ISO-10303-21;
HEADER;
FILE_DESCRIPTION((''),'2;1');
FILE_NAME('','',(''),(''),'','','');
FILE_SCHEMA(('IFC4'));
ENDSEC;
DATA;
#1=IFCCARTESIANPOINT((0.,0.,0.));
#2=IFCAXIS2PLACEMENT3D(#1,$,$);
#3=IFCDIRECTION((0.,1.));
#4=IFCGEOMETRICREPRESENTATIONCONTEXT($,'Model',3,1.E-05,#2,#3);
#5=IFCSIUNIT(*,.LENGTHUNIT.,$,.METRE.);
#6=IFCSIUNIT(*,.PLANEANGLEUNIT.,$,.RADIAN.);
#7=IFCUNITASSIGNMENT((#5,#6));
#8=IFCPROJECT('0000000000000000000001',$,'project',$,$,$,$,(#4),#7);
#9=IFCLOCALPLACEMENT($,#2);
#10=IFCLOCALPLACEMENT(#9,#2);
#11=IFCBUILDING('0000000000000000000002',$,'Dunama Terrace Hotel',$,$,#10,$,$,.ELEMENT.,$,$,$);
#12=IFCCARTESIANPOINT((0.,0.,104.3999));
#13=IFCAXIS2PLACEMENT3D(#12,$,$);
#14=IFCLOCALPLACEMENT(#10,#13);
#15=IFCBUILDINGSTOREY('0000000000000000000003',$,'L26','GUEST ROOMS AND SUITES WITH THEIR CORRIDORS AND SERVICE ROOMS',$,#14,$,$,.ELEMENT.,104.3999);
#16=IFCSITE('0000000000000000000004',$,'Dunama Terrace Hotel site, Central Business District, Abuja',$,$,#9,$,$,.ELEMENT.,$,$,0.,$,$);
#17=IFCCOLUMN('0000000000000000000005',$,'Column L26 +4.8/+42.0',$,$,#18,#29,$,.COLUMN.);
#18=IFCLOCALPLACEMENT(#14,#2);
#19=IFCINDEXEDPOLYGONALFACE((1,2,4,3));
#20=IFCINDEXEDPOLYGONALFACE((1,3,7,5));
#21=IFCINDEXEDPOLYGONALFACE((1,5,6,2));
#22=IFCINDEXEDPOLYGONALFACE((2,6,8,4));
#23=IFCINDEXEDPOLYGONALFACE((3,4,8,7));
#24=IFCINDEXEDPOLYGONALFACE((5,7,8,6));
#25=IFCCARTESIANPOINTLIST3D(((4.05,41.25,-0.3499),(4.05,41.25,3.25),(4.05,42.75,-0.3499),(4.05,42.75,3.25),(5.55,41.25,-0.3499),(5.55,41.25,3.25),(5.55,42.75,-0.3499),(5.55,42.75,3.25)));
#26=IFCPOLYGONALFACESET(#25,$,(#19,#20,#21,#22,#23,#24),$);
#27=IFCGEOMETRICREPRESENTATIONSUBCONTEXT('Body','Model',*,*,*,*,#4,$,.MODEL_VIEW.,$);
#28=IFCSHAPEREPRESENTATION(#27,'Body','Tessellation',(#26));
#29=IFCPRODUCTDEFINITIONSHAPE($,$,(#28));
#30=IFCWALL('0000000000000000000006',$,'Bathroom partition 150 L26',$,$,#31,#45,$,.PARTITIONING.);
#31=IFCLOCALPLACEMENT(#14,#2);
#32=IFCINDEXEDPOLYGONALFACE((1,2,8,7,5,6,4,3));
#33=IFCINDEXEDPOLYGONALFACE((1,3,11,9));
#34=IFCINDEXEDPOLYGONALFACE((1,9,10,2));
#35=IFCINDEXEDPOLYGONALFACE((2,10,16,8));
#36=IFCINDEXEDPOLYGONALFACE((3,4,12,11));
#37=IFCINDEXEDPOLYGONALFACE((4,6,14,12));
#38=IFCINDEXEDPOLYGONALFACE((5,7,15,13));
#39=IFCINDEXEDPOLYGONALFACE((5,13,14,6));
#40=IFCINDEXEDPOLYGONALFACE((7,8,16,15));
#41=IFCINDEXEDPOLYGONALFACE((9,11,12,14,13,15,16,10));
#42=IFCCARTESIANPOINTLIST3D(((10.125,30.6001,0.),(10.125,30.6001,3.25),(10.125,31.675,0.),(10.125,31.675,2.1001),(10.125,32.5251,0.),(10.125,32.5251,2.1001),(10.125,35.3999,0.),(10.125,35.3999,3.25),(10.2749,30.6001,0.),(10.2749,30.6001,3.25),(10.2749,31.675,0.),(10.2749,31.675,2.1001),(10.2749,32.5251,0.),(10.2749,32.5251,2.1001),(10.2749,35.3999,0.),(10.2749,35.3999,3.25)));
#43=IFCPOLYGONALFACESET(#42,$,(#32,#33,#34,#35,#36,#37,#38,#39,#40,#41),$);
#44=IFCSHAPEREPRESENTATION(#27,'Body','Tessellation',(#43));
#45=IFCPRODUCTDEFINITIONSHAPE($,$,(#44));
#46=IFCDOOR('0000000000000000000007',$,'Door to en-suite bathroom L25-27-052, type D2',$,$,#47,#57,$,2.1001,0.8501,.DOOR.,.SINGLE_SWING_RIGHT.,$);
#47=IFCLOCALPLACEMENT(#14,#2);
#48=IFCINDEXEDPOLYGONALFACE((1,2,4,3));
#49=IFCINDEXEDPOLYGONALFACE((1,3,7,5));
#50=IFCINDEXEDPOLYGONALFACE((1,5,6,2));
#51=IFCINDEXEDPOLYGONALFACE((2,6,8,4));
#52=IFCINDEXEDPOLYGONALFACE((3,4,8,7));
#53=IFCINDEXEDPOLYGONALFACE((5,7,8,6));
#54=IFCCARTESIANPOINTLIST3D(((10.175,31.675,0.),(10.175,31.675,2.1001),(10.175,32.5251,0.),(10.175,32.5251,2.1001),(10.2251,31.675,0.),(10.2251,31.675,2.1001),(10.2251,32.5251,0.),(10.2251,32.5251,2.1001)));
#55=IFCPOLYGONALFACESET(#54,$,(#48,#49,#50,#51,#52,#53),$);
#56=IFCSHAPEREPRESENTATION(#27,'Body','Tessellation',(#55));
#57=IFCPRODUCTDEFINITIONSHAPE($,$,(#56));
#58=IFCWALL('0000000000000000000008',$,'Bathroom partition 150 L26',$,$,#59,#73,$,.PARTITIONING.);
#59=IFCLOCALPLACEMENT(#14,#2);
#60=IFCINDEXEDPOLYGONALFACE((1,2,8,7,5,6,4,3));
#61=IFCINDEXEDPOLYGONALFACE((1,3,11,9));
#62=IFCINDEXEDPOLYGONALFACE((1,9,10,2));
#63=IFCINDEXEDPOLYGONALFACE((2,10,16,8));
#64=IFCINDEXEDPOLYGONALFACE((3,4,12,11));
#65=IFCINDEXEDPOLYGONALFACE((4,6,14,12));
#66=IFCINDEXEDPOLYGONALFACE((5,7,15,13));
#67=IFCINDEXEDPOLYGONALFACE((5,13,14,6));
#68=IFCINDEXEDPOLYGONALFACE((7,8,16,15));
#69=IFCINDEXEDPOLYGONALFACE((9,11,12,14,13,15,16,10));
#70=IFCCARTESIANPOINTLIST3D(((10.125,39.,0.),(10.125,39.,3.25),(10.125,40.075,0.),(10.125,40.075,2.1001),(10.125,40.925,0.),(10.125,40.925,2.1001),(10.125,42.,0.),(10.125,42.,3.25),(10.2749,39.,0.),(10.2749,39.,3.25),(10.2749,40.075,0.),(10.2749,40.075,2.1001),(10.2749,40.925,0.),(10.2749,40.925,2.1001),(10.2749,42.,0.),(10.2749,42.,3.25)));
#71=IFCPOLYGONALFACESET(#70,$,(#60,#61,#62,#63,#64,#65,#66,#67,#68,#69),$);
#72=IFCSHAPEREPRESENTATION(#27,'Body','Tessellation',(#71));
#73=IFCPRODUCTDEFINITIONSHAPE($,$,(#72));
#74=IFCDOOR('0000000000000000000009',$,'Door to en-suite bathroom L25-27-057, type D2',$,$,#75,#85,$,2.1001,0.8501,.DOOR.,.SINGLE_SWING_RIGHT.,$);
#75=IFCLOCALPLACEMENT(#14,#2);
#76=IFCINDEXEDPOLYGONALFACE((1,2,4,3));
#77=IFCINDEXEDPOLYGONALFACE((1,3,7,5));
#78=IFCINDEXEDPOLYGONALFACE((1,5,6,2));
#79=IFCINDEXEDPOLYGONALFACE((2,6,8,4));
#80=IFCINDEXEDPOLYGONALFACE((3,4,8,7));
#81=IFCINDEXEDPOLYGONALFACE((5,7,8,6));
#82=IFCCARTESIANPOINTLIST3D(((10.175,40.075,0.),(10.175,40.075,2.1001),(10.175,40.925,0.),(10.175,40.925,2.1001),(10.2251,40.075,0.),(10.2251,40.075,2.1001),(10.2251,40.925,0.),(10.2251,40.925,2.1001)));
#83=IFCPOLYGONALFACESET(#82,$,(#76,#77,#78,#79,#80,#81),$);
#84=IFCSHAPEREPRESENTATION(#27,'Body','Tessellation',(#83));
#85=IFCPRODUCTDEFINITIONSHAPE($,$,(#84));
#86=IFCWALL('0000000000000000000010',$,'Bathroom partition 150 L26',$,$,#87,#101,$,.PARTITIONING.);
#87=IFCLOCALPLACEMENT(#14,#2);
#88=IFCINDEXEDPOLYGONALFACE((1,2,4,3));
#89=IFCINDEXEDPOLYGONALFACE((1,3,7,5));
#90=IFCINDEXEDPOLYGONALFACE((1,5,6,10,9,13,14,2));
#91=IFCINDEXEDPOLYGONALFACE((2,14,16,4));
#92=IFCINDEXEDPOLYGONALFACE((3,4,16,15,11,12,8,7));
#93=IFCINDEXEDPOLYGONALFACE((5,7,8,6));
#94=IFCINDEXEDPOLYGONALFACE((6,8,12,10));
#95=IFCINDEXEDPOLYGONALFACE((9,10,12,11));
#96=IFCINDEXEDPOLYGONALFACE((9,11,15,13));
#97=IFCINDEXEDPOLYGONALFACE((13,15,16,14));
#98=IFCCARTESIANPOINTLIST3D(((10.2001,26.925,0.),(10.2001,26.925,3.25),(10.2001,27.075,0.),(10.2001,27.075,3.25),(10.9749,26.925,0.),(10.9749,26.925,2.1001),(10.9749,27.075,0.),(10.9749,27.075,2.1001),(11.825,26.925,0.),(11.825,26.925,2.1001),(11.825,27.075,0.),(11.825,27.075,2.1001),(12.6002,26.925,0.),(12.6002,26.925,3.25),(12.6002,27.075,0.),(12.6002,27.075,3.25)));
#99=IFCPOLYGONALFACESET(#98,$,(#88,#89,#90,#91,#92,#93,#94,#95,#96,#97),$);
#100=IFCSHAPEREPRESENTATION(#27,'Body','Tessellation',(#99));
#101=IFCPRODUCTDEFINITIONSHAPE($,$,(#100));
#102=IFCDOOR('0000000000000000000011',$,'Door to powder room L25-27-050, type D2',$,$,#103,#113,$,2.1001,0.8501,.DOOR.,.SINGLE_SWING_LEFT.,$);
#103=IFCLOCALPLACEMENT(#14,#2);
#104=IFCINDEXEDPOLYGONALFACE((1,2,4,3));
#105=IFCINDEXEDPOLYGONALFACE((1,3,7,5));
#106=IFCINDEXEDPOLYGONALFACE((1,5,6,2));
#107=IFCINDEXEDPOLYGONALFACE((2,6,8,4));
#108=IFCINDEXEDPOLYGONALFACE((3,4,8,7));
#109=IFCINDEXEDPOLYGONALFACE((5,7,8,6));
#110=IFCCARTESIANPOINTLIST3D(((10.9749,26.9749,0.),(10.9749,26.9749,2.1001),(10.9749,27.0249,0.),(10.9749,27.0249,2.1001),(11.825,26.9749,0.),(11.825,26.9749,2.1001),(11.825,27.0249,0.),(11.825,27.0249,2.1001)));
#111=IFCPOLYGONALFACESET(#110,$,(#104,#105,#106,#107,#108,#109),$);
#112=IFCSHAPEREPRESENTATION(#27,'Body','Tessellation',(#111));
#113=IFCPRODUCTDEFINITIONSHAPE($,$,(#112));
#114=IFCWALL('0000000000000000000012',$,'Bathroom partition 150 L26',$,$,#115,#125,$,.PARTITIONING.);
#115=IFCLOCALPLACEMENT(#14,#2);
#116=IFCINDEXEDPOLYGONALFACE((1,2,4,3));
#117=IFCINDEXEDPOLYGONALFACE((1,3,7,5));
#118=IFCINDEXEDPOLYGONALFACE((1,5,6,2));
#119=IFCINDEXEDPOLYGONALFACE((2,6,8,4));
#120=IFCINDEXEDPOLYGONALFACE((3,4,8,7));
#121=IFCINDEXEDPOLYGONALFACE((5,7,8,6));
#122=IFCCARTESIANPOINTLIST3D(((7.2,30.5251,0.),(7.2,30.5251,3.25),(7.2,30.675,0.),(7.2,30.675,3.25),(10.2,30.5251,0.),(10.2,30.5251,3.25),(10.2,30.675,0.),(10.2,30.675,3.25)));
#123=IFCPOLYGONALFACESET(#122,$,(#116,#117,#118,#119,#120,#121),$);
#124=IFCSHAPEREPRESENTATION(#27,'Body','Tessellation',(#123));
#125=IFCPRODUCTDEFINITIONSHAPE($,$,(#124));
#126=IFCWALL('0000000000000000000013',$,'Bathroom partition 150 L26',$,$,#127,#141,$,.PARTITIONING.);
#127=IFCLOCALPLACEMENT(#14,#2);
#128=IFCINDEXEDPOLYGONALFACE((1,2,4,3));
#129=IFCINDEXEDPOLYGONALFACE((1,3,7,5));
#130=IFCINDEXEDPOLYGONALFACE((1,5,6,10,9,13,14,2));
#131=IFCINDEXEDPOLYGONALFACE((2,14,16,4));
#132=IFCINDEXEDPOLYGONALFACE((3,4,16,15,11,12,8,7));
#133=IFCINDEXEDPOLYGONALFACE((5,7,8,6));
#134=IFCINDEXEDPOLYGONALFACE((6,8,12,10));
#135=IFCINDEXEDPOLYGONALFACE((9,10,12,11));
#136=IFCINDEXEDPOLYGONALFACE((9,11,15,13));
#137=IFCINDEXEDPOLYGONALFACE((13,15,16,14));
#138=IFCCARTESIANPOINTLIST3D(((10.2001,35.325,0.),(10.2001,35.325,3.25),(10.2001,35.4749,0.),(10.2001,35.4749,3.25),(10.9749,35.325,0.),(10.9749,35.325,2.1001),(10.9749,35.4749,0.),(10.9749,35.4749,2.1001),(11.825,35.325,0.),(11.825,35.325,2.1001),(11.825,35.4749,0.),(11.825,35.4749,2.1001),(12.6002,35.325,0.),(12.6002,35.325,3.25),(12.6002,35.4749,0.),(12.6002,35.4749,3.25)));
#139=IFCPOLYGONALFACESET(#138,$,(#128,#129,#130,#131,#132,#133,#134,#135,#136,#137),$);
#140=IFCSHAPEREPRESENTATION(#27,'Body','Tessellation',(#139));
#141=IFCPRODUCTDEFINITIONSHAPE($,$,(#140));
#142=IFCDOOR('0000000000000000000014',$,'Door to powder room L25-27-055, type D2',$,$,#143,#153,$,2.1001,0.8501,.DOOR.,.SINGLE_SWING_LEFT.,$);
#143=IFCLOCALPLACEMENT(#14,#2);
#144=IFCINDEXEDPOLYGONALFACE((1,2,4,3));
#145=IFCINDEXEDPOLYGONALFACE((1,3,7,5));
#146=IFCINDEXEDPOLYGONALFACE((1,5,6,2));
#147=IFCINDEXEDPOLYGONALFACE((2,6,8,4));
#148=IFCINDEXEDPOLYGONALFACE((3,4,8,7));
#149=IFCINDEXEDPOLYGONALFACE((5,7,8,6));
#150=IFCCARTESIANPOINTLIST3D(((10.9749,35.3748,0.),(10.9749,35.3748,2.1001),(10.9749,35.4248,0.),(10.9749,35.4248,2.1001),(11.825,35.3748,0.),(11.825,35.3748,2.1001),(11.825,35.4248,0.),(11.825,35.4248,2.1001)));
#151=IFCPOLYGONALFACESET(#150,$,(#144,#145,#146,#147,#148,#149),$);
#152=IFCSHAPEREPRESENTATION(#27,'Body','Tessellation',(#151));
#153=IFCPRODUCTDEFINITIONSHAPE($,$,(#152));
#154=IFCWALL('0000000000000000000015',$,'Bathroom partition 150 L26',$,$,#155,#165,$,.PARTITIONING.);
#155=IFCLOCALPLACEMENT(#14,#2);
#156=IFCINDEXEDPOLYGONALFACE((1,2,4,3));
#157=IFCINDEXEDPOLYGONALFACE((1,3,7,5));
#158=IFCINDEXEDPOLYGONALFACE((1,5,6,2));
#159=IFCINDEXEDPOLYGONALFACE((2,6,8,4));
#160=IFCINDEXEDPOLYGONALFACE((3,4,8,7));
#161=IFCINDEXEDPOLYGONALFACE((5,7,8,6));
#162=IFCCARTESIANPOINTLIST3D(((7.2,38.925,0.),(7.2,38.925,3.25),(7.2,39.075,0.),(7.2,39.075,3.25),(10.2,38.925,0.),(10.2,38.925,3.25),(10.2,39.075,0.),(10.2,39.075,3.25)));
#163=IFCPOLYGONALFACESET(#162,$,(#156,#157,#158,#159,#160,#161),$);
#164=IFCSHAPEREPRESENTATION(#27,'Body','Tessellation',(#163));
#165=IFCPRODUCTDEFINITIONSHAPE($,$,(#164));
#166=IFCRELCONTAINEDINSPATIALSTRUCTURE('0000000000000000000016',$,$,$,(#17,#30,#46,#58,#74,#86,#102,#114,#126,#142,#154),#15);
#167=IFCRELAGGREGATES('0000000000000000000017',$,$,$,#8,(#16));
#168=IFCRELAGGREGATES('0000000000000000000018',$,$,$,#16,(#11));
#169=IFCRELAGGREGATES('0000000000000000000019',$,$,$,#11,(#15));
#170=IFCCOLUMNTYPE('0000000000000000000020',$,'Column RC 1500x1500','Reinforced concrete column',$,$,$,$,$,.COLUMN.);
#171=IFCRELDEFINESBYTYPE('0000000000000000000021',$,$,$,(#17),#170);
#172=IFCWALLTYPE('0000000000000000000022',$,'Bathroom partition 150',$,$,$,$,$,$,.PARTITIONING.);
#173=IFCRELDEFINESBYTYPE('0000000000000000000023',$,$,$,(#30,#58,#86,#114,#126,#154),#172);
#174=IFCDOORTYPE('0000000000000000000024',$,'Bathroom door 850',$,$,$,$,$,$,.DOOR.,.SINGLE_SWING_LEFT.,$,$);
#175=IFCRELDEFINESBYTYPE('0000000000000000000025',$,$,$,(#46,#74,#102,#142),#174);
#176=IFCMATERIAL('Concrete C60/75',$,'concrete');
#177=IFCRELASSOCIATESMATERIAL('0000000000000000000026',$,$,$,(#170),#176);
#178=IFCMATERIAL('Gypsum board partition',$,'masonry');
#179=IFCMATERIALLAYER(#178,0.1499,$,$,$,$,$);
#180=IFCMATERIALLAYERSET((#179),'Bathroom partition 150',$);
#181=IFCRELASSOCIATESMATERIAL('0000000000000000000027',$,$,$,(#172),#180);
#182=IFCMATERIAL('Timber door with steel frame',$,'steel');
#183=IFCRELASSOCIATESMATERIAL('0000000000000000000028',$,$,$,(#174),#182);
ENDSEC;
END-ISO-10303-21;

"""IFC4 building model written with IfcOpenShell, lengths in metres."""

from ifc_helpers import new_model, si_unit, direction, frame, frame_2d, origin, origin_2d, place, context, subcontext, project, spatial, rectangle, extrude, material, layer, layer_set, material_profile, profile_set, type_object, element, fill, save


model = new_model("IFC4")

# Units and contexts
model_context = context("Model", 3, precision=1e-05, world=origin(), true_north=direction((0.0, 1.0)))
body_context = subcontext(model_context, "Body", "Model", "MODEL_VIEW")
ifc_project = project(units=[si_unit("LENGTHUNIT", "METRE"), si_unit("PLANEANGLEUNIT", "RADIAN")], contexts=[model_context])

# Site, building, storey
site_placement = place(None, origin())
site = spatial("IfcSite", under=ifc_project, at=site_placement, Name="Dunama Terrace Hotel site, Central Business District, Abuja", CompositionType="ELEMENT", RefElevation=0.0)
building_placement = place(site_placement, origin())
building = spatial("IfcBuilding", under=site, at=building_placement, Name="Dunama Terrace Hotel", CompositionType="ELEMENT")
storey_placement = place(building_placement, frame((0.0, 0.0, 104.3999)))
storey = spatial("IfcBuildingStorey", under=building, at=storey_placement, Name="L26", Description="GUEST ROOMS AND SUITES WITH THEIR CORRIDORS AND SERVICE ROOMS", CompositionType="ELEMENT", Elevation=104.3999)

# Column
ifc_material_1 = material(Name="Concrete C60/75", Category="concrete")
ifc_material_profile = material_profile(ifc_material_1, rectangle(XDim=1.5, YDim=1.5, at=origin_2d()), Name="RC 1500x1500")
ifc_profile_set = profile_set([ifc_material_profile], Name="Concrete C60/75")
column_type = type_object("IfcColumnType", Name="Column RC 1500x1500", Description="Reinforced concrete column", PredefinedType="COLUMN", material=ifc_profile_set)
column_placement = place(storey_placement, frame((4.8, 42.0, -0.3499), z_axis=(0.0, 0.0, 1.0), x_axis=(1.0, 0.0, 0.0)))
element("IfcColumn", 1, at=column_placement, inside=storey, type_object=column_type, Name="Column L26 +4.8/+42.0", PredefinedType="COLUMN", context=body_context, shape_type="SweptSolid", body=[
    extrude(rectangle(XDim=1.5, YDim=1.5, at=origin_2d()), origin(), (0.0, 0.0, 1.0), 3.5999),
])

# Walls, openings, doors
ifc_material_2 = material(Name="Gypsum board partition", Category="masonry")
ifc_layer_1 = layer(ifc_material_2, 0.1499)
ifc_layer_set_1 = layer_set([ifc_layer_1], Name="Bathroom partition 150")
wall_type_1 = type_object("IfcWallType", Name="Bathroom partition 150", PredefinedType="PARTITIONING", material=ifc_layer_set_1)
wall_1_placement = place(storey_placement, frame((10.2, 30.6001, 0.0), z_axis=(0.0, 0.0, 1.0), x_axis=(0.0, 1.0, 0.0)))
wall_1 = element("IfcWall", 2, at=wall_1_placement, inside=storey, type_object=wall_type_1, Name="Bathroom partition 150 L26", PredefinedType="PARTITIONING", context=body_context, shape_type="SweptSolid", body=[
    extrude(rectangle(XDim=4.7998, YDim=0.1499, at=frame_2d((2.3999, 0.0))), origin(), (0.0, 0.0, 1.0), 3.25),
])
opening_1_placement = place(wall_1_placement, frame((1.075, 0.0, 0.0)))
opening_1 = element("IfcOpeningElement", 3, at=opening_1_placement, cuts=wall_1, PredefinedType="OPENING", context=body_context, shape_type="SweptSolid", body=[
    extrude(rectangle(XDim=0.8501, YDim=2.1001, at=frame_2d((0.425, 1.05))), frame((0.0, 0.085, 0.0), z_axis=(0.0, -1.0, 0.0), x_axis=(1.0, 0.0, 0.0)), (0.0, 0.0, 1.0), 0.1699),
])
ifc_material_3 = material(Name="Timber door with steel frame", Category="steel")
door_type_1 = type_object("IfcDoorType", Name="Bathroom door 850", OperationType="SINGLE_SWING_LEFT", PredefinedType="DOOR", material=ifc_material_3)
door_1_placement = place(opening_1_placement, origin())
door_1 = element("IfcDoor", 4, at=door_1_placement, inside=storey, type_object=door_type_1, Name="Door to en-suite bathroom L25-27-052, type D2", OperationType="SINGLE_SWING_RIGHT", OverallHeight=2.1001, OverallWidth=0.8501, PredefinedType="DOOR", context=body_context, shape_type="SweptSolid", body=[
    extrude(rectangle(XDim=0.8501, YDim=2.1001, at=frame_2d((0.425, 1.05))), frame((0.0, 0.0249, 0.0), z_axis=(0.0, -1.0, 0.0), x_axis=(1.0, 0.0, 0.0)), (0.0, 0.0, 1.0), 0.05),
])
fill(opening_1, door_1)
wall_2_placement = place(storey_placement, frame((10.2, 39.0, 0.0), z_axis=(0.0, 0.0, 1.0), x_axis=(0.0, 1.0, 0.0)))
wall_2 = element("IfcWall", 5, at=wall_2_placement, inside=storey, type_object=wall_type_1, Name="Bathroom partition 150 L26", PredefinedType="PARTITIONING", context=body_context, shape_type="SweptSolid", body=[
    extrude(rectangle(XDim=3.0, YDim=0.1499, at=frame_2d((1.5, 0.0))), origin(), (0.0, 0.0, 1.0), 3.25),
])
opening_2_placement = place(wall_2_placement, frame((1.075, 0.0, 0.0)))
opening_2 = element("IfcOpeningElement", 6, at=opening_2_placement, cuts=wall_2, PredefinedType="OPENING", context=body_context, shape_type="SweptSolid", body=[
    extrude(rectangle(XDim=0.8501, YDim=2.1001, at=frame_2d((0.425, 1.05))), frame((0.0, 0.085, 0.0), z_axis=(0.0, -1.0, 0.0), x_axis=(1.0, 0.0, 0.0)), (0.0, 0.0, 1.0), 0.1699),
])
door_2_placement = place(opening_2_placement, origin())
door_2 = element("IfcDoor", 7, at=door_2_placement, inside=storey, type_object=door_type_1, Name="Door to en-suite bathroom L25-27-057, type D2", OperationType="SINGLE_SWING_RIGHT", OverallHeight=2.1001, OverallWidth=0.8501, PredefinedType="DOOR", context=body_context, shape_type="SweptSolid", body=[
    extrude(rectangle(XDim=0.8501, YDim=2.1001, at=frame_2d((0.425, 1.05))), frame((0.0, 0.0249, 0.0), z_axis=(0.0, -1.0, 0.0), x_axis=(1.0, 0.0, 0.0)), (0.0, 0.0, 1.0), 0.05),
])
fill(opening_2, door_2)
wall_3_placement = place(storey_placement, frame((10.2, 27.0, 0.0), z_axis=(0.0, 0.0, 1.0), x_axis=(1.0, 0.0, 0.0)))
wall_3 = element("IfcWall", 8, at=wall_3_placement, inside=storey, type_object=wall_type_1, Name="Bathroom partition 150 L26", PredefinedType="PARTITIONING", context=body_context, shape_type="SweptSolid", body=[
    extrude(rectangle(XDim=2.4001, YDim=0.1499, at=frame_2d((1.2002, 0.0))), origin(), (0.0, 0.0, 1.0), 3.25),
])
opening_3_placement = place(wall_3_placement, frame((0.7749, 0.0, 0.0)))
opening_3 = element("IfcOpeningElement", 9, at=opening_3_placement, cuts=wall_3, PredefinedType="OPENING", context=body_context, shape_type="SweptSolid", body=[
    extrude(rectangle(XDim=0.8501, YDim=2.1001, at=frame_2d((0.425, 1.05))), frame((0.0, 0.085, 0.0), z_axis=(0.0, -1.0, 0.0), x_axis=(1.0, 0.0, 0.0)), (0.0, 0.0, 1.0), 0.1699),
])
door_3_placement = place(opening_3_placement, frame((0.8501, 0.0, 0.0), z_axis=(0.0, 0.0, 1.0), x_axis=(-1.0, 0.0, 0.0)))
door_3 = element("IfcDoor", 10, at=door_3_placement, inside=storey, type_object=door_type_1, Name="Door to powder room L25-27-050, type D2", OperationType="SINGLE_SWING_LEFT", OverallHeight=2.1001, OverallWidth=0.8501, PredefinedType="DOOR", context=body_context, shape_type="SweptSolid", body=[
    extrude(rectangle(XDim=0.8501, YDim=2.1001, at=frame_2d((0.425, 1.05))), frame((0.0, 0.0251, 0.0), z_axis=(0.0, -1.0, 0.0), x_axis=(1.0, 0.0, 0.0)), (0.0, 0.0, 1.0), 0.05),
])
fill(opening_3, door_3)

# Wall
wall_4_placement = place(storey_placement, frame((7.2, 30.6001, 0.0), z_axis=(0.0, 0.0, 1.0), x_axis=(1.0, 0.0, 0.0)))
element("IfcWall", 11, at=wall_4_placement, inside=storey, type_object=wall_type_1, Name="Bathroom partition 150 L26", PredefinedType="PARTITIONING", context=body_context, shape_type="SweptSolid", body=[
    extrude(rectangle(XDim=3.0, YDim=0.1499, at=frame_2d((1.5, 0.0))), origin(), (0.0, 0.0, 1.0), 3.25),
])

# Wall, opening, door
wall_5_placement = place(storey_placement, frame((10.2, 35.3999, 0.0), z_axis=(0.0, 0.0, 1.0), x_axis=(1.0, 0.0, 0.0)))
wall_5 = element("IfcWall", 12, at=wall_5_placement, inside=storey, type_object=wall_type_1, Name="Bathroom partition 150 L26", PredefinedType="PARTITIONING", context=body_context, shape_type="SweptSolid", body=[
    extrude(rectangle(XDim=2.4001, YDim=0.1499, at=frame_2d((1.2002, 0.0))), origin(), (0.0, 0.0, 1.0), 3.25),
])
opening_4_placement = place(wall_5_placement, frame((0.7749, 0.0, 0.0)))
opening_4 = element("IfcOpeningElement", 13, at=opening_4_placement, cuts=wall_5, PredefinedType="OPENING", context=body_context, shape_type="SweptSolid", body=[
    extrude(rectangle(XDim=0.8501, YDim=2.1001, at=frame_2d((0.425, 1.05))), frame((0.0, 0.085, 0.0), z_axis=(0.0, -1.0, 0.0), x_axis=(1.0, 0.0, 0.0)), (0.0, 0.0, 1.0), 0.1699),
])
door_4_placement = place(opening_4_placement, frame((0.8501, 0.0, 0.0), z_axis=(0.0, 0.0, 1.0), x_axis=(-1.0, 0.0, 0.0)))
door_4 = element("IfcDoor", 14, at=door_4_placement, inside=storey, type_object=door_type_1, Name="Door to powder room L25-27-055, type D2", OperationType="SINGLE_SWING_LEFT", OverallHeight=2.1001, OverallWidth=0.8501, PredefinedType="DOOR", context=body_context, shape_type="SweptSolid", body=[
    extrude(rectangle(XDim=0.8501, YDim=2.1001, at=frame_2d((0.425, 1.05))), frame((0.0, 0.0251, 0.0), z_axis=(0.0, -1.0, 0.0), x_axis=(1.0, 0.0, 0.0)), (0.0, 0.0, 1.0), 0.05),
])
fill(opening_4, door_4)

# Wall
wall_6_placement = place(storey_placement, frame((7.2, 39.0, 0.0), z_axis=(0.0, 0.0, 1.0), x_axis=(1.0, 0.0, 0.0)))
element("IfcWall", 15, at=wall_6_placement, inside=storey, type_object=wall_type_1, Name="Bathroom partition 150 L26", PredefinedType="PARTITIONING", context=body_context, shape_type="SweptSolid", body=[
    extrude(rectangle(XDim=3.0, YDim=0.1499, at=frame_2d((1.5, 0.0))), origin(), (0.0, 0.0, 1.0), 3.25),
])

save(model, "model.ifc")
